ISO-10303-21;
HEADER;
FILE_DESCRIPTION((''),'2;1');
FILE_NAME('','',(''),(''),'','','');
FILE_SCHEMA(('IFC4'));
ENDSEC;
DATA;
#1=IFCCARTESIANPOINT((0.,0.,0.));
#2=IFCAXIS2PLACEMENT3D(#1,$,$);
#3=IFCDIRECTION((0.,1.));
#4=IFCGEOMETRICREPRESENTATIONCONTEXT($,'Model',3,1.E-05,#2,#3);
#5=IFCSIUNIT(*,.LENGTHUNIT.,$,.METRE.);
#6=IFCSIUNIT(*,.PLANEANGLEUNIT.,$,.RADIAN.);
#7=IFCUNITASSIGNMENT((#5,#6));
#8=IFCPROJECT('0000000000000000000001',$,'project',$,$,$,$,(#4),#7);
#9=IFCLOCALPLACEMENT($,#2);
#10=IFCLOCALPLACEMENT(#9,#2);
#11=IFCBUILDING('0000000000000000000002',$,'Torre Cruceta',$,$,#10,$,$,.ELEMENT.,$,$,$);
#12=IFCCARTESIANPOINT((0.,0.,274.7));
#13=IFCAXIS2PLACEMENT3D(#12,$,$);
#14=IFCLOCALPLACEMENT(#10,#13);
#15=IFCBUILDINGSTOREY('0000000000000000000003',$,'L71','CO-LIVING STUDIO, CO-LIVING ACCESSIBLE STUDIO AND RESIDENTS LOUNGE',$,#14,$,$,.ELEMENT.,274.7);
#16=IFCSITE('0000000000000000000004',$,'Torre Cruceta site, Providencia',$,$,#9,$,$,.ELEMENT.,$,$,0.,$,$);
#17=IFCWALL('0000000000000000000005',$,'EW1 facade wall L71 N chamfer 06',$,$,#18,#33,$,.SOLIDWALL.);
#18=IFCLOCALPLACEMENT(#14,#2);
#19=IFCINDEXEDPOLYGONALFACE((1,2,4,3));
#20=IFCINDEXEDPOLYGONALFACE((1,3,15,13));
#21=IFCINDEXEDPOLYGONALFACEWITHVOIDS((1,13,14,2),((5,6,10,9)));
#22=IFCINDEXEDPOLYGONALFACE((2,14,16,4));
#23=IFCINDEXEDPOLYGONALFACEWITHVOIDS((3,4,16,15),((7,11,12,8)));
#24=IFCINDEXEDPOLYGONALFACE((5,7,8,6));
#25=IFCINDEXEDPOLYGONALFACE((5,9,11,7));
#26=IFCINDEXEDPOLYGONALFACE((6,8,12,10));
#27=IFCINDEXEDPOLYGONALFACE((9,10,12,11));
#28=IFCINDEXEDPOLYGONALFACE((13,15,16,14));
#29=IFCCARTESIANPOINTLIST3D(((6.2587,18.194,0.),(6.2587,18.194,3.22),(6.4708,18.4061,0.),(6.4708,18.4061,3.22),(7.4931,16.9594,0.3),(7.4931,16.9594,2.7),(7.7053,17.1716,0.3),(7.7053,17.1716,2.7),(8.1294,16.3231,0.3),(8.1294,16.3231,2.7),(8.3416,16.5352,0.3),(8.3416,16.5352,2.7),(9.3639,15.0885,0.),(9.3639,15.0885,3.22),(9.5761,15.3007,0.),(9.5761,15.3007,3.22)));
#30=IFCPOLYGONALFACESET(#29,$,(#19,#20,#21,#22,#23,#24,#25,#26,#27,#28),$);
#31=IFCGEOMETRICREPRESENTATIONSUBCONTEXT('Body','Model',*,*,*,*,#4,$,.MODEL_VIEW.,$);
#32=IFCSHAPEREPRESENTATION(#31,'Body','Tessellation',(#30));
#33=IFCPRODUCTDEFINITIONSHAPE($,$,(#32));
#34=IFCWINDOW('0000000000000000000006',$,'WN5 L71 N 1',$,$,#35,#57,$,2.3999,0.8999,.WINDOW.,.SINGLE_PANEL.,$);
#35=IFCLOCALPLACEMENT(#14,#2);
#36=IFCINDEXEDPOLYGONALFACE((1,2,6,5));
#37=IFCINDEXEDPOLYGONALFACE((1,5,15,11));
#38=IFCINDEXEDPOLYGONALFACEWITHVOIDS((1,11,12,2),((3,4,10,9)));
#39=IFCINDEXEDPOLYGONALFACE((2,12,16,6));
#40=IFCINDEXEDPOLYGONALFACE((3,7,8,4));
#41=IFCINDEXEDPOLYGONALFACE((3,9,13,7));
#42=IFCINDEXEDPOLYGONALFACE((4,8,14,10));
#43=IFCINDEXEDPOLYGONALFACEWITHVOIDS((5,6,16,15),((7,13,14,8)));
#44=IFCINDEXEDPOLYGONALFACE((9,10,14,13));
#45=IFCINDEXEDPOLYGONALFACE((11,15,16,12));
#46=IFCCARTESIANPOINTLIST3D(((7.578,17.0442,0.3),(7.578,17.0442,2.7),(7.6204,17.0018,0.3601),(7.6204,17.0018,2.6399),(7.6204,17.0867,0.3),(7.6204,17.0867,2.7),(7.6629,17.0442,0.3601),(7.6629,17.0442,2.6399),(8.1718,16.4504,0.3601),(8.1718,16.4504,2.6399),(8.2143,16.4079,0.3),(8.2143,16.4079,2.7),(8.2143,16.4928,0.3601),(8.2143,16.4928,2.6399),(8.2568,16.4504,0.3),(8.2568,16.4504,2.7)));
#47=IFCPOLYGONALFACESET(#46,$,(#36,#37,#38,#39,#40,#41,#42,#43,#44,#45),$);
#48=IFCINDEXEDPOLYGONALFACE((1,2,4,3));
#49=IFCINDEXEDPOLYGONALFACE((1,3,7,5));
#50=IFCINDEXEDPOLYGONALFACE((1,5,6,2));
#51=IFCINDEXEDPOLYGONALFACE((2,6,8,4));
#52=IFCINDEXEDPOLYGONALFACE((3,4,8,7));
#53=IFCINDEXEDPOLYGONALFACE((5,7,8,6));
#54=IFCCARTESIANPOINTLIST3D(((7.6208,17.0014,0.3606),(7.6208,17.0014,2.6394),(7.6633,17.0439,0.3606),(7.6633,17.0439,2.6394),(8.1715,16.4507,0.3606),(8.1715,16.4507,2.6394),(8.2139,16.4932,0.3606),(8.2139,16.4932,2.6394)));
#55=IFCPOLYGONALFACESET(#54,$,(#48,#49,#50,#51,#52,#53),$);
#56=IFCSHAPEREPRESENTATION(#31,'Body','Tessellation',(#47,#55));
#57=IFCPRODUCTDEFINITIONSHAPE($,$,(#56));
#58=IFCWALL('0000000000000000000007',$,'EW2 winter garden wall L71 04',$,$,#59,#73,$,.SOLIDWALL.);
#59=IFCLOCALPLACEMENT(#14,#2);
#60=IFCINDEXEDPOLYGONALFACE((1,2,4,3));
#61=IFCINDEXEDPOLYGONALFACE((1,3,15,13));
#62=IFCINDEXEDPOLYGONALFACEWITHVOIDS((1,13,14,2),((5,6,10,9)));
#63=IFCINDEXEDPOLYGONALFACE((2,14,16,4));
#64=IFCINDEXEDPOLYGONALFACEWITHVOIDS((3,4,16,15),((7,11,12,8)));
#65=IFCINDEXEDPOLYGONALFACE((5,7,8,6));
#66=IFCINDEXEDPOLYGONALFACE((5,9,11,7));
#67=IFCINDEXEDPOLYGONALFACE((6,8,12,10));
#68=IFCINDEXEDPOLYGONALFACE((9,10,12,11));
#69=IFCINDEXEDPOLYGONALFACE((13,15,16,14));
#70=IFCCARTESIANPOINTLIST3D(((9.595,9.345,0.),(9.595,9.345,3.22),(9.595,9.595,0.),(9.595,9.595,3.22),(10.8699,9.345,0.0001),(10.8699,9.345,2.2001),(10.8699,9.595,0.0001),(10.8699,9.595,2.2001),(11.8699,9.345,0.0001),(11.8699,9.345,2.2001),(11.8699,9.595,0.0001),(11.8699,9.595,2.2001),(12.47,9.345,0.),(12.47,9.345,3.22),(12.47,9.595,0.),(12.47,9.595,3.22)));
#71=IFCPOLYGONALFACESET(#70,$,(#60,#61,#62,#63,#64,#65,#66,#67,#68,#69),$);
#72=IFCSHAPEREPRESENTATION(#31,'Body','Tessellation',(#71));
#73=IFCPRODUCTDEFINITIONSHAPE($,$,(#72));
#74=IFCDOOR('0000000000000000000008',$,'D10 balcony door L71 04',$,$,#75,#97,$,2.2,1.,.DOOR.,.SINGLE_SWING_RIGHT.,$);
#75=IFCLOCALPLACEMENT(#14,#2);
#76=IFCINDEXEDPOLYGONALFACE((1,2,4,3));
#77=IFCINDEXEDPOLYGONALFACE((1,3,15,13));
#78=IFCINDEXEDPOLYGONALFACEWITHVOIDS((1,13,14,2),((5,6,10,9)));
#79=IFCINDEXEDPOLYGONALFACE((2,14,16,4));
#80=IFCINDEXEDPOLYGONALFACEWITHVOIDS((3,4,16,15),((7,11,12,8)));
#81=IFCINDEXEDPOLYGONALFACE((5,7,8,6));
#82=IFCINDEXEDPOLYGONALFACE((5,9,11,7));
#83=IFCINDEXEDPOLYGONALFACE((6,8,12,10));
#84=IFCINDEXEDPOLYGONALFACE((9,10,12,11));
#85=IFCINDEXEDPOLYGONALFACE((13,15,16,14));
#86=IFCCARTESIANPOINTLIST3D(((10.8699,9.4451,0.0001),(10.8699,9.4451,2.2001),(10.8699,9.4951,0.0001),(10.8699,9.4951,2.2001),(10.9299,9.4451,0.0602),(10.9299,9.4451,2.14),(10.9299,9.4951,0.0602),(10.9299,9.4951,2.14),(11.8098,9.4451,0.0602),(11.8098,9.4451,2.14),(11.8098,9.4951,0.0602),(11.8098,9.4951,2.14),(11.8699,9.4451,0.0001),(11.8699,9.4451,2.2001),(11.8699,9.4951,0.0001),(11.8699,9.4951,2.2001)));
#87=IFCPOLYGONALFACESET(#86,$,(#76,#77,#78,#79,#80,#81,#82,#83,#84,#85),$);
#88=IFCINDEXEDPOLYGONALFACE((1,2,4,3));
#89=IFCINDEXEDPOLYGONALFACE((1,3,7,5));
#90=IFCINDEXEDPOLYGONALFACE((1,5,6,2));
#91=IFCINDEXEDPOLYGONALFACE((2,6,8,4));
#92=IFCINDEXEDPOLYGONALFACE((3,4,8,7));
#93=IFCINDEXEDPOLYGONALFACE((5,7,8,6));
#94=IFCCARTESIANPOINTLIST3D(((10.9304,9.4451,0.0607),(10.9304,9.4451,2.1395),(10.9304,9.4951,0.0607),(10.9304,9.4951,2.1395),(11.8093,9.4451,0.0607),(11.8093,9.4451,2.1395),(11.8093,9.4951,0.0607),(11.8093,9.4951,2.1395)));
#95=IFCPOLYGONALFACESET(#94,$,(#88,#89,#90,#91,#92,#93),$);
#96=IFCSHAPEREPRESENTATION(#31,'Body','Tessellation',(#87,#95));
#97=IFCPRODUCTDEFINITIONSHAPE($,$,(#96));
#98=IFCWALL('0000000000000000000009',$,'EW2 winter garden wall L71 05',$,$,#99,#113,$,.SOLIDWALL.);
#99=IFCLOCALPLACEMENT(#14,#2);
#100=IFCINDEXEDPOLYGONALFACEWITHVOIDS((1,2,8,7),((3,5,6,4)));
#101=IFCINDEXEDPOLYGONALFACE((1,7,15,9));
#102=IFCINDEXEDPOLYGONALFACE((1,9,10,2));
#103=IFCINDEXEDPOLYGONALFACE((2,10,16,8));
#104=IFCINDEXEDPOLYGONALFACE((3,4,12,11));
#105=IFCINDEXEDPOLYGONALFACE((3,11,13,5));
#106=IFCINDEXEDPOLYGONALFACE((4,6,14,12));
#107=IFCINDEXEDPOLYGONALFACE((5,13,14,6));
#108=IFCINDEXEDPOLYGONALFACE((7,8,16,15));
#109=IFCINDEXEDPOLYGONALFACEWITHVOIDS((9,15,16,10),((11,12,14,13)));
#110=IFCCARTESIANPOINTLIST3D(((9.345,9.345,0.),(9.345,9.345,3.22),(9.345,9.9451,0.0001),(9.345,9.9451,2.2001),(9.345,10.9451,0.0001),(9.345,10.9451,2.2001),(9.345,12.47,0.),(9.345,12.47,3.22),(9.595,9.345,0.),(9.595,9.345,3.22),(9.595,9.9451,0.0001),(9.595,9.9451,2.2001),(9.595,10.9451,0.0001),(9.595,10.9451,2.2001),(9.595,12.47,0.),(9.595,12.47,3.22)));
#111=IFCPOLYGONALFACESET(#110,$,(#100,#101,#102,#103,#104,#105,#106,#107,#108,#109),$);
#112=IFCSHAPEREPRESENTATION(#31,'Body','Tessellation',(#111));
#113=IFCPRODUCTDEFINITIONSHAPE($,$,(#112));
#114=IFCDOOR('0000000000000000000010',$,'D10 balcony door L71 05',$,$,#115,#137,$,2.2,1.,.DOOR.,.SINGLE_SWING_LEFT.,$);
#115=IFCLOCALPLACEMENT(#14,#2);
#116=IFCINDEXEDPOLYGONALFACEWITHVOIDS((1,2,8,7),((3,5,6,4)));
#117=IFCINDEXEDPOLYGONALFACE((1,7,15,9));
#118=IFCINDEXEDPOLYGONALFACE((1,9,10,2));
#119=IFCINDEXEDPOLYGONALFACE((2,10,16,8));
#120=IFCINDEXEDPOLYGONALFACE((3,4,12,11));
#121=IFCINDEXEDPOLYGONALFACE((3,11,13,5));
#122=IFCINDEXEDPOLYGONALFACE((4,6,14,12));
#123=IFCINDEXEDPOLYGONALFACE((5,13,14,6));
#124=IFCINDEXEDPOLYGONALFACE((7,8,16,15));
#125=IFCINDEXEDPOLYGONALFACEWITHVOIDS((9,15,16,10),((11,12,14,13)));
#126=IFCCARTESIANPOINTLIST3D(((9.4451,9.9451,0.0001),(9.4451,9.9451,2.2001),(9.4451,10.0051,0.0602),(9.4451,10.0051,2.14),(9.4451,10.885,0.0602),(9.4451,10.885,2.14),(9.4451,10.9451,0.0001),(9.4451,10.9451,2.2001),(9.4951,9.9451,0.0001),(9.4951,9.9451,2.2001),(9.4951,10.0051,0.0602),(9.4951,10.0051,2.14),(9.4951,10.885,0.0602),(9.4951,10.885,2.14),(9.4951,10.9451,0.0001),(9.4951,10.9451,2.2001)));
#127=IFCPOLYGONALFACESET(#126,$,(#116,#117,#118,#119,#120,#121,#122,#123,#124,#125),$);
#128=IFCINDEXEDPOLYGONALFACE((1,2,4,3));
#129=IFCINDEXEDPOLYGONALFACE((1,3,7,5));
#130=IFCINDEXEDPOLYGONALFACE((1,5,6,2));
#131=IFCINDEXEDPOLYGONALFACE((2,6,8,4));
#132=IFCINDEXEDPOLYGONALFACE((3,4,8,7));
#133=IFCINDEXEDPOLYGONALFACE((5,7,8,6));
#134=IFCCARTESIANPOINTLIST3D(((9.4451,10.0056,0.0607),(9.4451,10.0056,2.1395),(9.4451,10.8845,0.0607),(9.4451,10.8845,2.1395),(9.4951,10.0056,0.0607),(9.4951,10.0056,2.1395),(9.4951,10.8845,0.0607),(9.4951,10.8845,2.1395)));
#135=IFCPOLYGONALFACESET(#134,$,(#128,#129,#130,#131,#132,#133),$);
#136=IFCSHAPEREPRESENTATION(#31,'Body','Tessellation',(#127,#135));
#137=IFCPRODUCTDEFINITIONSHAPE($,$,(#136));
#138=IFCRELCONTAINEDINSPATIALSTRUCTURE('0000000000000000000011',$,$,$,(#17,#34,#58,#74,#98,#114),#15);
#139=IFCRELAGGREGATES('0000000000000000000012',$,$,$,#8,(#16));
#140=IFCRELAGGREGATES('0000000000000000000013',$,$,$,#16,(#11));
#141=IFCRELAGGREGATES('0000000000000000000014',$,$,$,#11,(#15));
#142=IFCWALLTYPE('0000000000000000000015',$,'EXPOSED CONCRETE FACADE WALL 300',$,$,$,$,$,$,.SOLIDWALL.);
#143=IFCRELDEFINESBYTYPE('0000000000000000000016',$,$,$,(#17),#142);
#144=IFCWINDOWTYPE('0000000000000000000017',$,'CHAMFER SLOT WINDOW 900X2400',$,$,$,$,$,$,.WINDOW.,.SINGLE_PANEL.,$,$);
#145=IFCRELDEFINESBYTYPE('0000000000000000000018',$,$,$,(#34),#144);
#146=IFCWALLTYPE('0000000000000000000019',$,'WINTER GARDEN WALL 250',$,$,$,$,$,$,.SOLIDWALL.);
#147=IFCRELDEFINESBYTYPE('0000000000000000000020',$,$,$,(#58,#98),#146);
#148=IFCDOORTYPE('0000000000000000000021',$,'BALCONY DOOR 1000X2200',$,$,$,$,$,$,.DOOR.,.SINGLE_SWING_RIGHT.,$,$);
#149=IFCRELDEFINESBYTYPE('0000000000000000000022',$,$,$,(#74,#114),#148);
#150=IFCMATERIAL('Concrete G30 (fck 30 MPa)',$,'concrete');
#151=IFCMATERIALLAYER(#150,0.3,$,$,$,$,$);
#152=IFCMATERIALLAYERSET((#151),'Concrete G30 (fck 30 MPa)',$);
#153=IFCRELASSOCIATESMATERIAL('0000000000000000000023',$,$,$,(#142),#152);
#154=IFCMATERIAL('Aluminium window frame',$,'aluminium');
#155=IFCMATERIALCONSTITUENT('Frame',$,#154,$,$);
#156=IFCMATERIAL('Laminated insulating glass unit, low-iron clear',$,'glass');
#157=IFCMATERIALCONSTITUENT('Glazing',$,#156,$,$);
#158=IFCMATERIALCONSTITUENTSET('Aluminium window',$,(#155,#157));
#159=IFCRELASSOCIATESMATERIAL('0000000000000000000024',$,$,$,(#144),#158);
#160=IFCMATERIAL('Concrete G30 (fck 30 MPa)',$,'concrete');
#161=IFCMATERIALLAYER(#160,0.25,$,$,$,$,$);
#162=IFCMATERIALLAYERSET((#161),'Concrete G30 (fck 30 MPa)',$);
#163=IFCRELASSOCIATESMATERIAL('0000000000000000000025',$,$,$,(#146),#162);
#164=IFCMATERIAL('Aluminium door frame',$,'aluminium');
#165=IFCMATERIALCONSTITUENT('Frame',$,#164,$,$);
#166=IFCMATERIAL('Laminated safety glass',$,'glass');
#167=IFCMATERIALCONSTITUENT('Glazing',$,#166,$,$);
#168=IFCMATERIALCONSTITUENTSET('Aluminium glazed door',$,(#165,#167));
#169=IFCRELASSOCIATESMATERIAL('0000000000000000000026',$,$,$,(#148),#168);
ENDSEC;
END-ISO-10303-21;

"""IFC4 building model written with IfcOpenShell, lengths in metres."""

from ifc_helpers import new_model, si_unit, direction, frame, frame_2d, origin, place, context, subcontext, project, spatial, rectangle, hollow_rectangle, extrude, material, layer, layer_set, constituent, constituent_set, type_object, element, fill, save


model = new_model("IFC4")

# Units and contexts
model_context = context("Model", 3, precision=1e-05, world=origin(), true_north=direction((0.0, 1.0)))
body_context = subcontext(model_context, "Body", "Model", "MODEL_VIEW")
ifc_project = project(units=[si_unit("LENGTHUNIT", "METRE"), si_unit("PLANEANGLEUNIT", "RADIAN")], contexts=[model_context])

# Site, building, storey
site_placement = place(None, origin())
site = spatial("IfcSite", under=ifc_project, at=site_placement, Name="Torre Cruceta site, Providencia", CompositionType="ELEMENT", RefElevation=0.0)
building_placement = place(site_placement, origin())
building = spatial("IfcBuilding", under=site, at=building_placement, Name="Torre Cruceta", CompositionType="ELEMENT")
storey_placement = place(building_placement, frame((0.0, 0.0, 274.7)))
storey = spatial("IfcBuildingStorey", under=building, at=storey_placement, Name="L71", Description="CO-LIVING STUDIO, CO-LIVING ACCESSIBLE STUDIO AND RESIDENTS LOUNGE", CompositionType="ELEMENT", Elevation=274.7)

# Wall, opening, window
ifc_material_1 = material(Name="Concrete G30 (fck 30 MPa)", Category="concrete")
ifc_layer_1 = layer(ifc_material_1, 0.3)
ifc_layer_set_1 = layer_set([ifc_layer_1], Name="Concrete G30 (fck 30 MPa)")
wall_type_1 = type_object("IfcWallType", Name="EXPOSED CONCRETE FACADE WALL 300", PredefinedType="SOLIDWALL", material=ifc_layer_set_1)
wall_1_placement = place(storey_placement, frame((9.47, 15.1946, 0.0), z_axis=(0.0, 0.0, 1.0), x_axis=(-0.707079, 0.707135, 0.0)))
wall_1 = element("IfcWall", 1, at=wall_1_placement, inside=storey, type_object=wall_type_1, Name="EW1 facade wall L71 N chamfer 06", PredefinedType="SOLIDWALL", context=body_context, shape_type="SweptSolid", body=[
    extrude(rectangle(XDim=4.3916, YDim=0.3, at=frame_2d((2.1958, 0.0))), origin(), (0.0, 0.0, 1.0), 3.22),
])
opening_1_placement = place(wall_1_placement, frame((1.7458, 0.0, 0.3)))
opening_1 = element("IfcOpeningElement", 2, at=opening_1_placement, cuts=wall_1, PredefinedType="OPENING", context=body_context, shape_type="SweptSolid", body=[
    extrude(rectangle(XDim=0.8999, YDim=2.3999, at=frame_2d((0.45, 1.2))), frame((0.0, 0.1599, 0.0), z_axis=(0.0, -1.0, 0.0), x_axis=(1.0, 0.0, 0.0)), (0.0, 0.0, 1.0), 0.3201),
])
ifc_material_2 = material(Name="Aluminium window frame", Category="aluminium")
ifc_constituent_1 = constituent(ifc_material_2, Name="Frame")
ifc_material_3 = material(Name="Laminated insulating glass unit, low-iron clear", Category="glass")
ifc_constituent_2 = constituent(ifc_material_3, Name="Glazing")
ifc_constituent_set_1 = constituent_set(constituents=[ifc_constituent_1, ifc_constituent_2], Name="Aluminium window")
window_type = type_object("IfcWindowType", Name="CHAMFER SLOT WINDOW 900X2400", PartitioningType="SINGLE_PANEL", PredefinedType="WINDOW", material=ifc_constituent_set_1)
window_placement = place(opening_1_placement, origin())
window = element("IfcWindow", 3, at=window_placement, inside=storey, type_object=window_type, Name="WN5 L71 N 1", OverallHeight=2.3999, OverallWidth=0.8999, PartitioningType="SINGLE_PANEL", PredefinedType="WINDOW", context=body_context, shape_type="SweptSolid", body=[
    extrude(hollow_rectangle(XDim=0.8999, YDim=2.3999, WallThickness=0.0601, at=frame_2d((0.45, 1.2))), frame((0.0, 0.03, 0.0), z_axis=(0.0, -1.0, 0.0), x_axis=(1.0, 0.0, 0.0)), (0.0, 0.0, 1.0), 0.0601),
    extrude(rectangle(XDim=0.7788, YDim=2.2788, at=frame_2d((0.45, 1.2))), frame((0.0, 0.03, 0.0), z_axis=(0.0, -1.0, 0.0), x_axis=(1.0, 0.0, 0.0)), (0.0, 0.0, 1.0), 0.0601),
])
fill(opening_1, window)

# Walls, openings, doors
ifc_material_4 = material(Name="Concrete G30 (fck 30 MPa)", Category="concrete")
ifc_layer_2 = layer(ifc_material_4, 0.25)
ifc_layer_set_2 = layer_set([ifc_layer_2], Name="Concrete G30 (fck 30 MPa)")
wall_type_2 = type_object("IfcWallType", Name="WINTER GARDEN WALL 250", PredefinedType="SOLIDWALL", material=ifc_layer_set_2)
wall_2_placement = place(storey_placement, frame((12.47, 9.47, 0.0), z_axis=(0.0, 0.0, 1.0), x_axis=(-1.0, 0.0, 0.0)))
wall_2 = element("IfcWall", 4, at=wall_2_placement, inside=storey, type_object=wall_type_2, Name="EW2 winter garden wall L71 04", PredefinedType="SOLIDWALL", context=body_context, shape_type="SweptSolid", body=[
    extrude(rectangle(XDim=2.875, YDim=0.25, at=frame_2d((1.4375, 0.0))), origin(), (0.0, 0.0, 1.0), 3.22),
])
opening_2_placement = place(wall_2_placement, frame((0.6001, 0.0, 0.0)))
opening_2 = element("IfcOpeningElement", 5, at=opening_2_placement, cuts=wall_2, PredefinedType="OPENING", context=body_context, shape_type="SweptSolid", body=[
    extrude(rectangle(XDim=1.0, YDim=2.2, at=frame_2d((0.5, 1.1001))), frame((0.0, 0.135, 0.0), z_axis=(0.0, -1.0, 0.0), x_axis=(1.0, 0.0, 0.0)), (0.0, 0.0, 1.0), 0.27),
])
ifc_material_5 = material(Name="Aluminium door frame", Category="aluminium")
ifc_constituent_3 = constituent(ifc_material_5, Name="Frame")
ifc_material_6 = material(Name="Laminated safety glass", Category="glass")
ifc_constituent_4 = constituent(ifc_material_6, Name="Glazing")
ifc_constituent_set_2 = constituent_set(constituents=[ifc_constituent_3, ifc_constituent_4], Name="Aluminium glazed door")
door_type = type_object("IfcDoorType", Name="BALCONY DOOR 1000X2200", OperationType="SINGLE_SWING_RIGHT", PredefinedType="DOOR", material=ifc_constituent_set_2)
door_1_placement = place(opening_2_placement, origin())
door_1 = element("IfcDoor", 6, at=door_1_placement, inside=storey, type_object=door_type, Name="D10 balcony door L71 04", OperationType="SINGLE_SWING_RIGHT", OverallHeight=2.2, OverallWidth=1.0, PredefinedType="DOOR", context=body_context, shape_type="SweptSolid", body=[
    extrude(hollow_rectangle(XDim=1.0, YDim=2.2, WallThickness=0.0601, at=frame_2d((0.5, 1.1001))), frame((0.0, 0.0249, 0.0), z_axis=(0.0, -1.0, 0.0), x_axis=(1.0, 0.0, 0.0)), (0.0, 0.0, 1.0), 0.05),
    extrude(rectangle(XDim=0.8789, YDim=2.0789, at=frame_2d((0.5, 1.1001))), frame((0.0, 0.0249, 0.0), z_axis=(0.0, -1.0, 0.0), x_axis=(1.0, 0.0, 0.0)), (0.0, 0.0, 1.0), 0.05),
])
fill(opening_2, door_1)
wall_3_placement = place(storey_placement, frame((9.47, 9.345, 0.0), z_axis=(0.0, 0.0, 1.0), x_axis=(0.0, 1.0, 0.0)))
wall_3 = element("IfcWall", 7, at=wall_3_placement, inside=storey, type_object=wall_type_2, Name="EW2 winter garden wall L71 05", PredefinedType="SOLIDWALL", context=body_context, shape_type="SweptSolid", body=[
    extrude(rectangle(XDim=3.125, YDim=0.25, at=frame_2d((1.5625, 0.0))), origin(), (0.0, 0.0, 1.0), 3.22),
])
opening_3_placement = place(wall_3_placement, frame((0.6001, 0.0, 0.0)))
opening_3 = element("IfcOpeningElement", 8, at=opening_3_placement, cuts=wall_3, PredefinedType="OPENING", context=body_context, shape_type="SweptSolid", body=[
    extrude(rectangle(XDim=1.0, YDim=2.2, at=frame_2d((0.5, 1.1001))), frame((0.0, 0.135, 0.0), z_axis=(0.0, -1.0, 0.0), x_axis=(1.0, 0.0, 0.0)), (0.0, 0.0, 1.0), 0.27),
])
door_2_placement = place(opening_3_placement, origin())
door_2 = element("IfcDoor", 9, at=door_2_placement, inside=storey, type_object=door_type, Name="D10 balcony door L71 05", OperationType="SINGLE_SWING_LEFT", OverallHeight=2.2, OverallWidth=1.0, PredefinedType="DOOR", context=body_context, shape_type="SweptSolid", body=[
    extrude(hollow_rectangle(XDim=1.0, YDim=2.2, WallThickness=0.0601, at=frame_2d((0.5, 1.1001))), frame((0.0, 0.0249, 0.0), z_axis=(0.0, -1.0, 0.0), x_axis=(1.0, 0.0, 0.0)), (0.0, 0.0, 1.0), 0.05),
    extrude(rectangle(XDim=0.8789, YDim=2.0789, at=frame_2d((0.5, 1.1001))), frame((0.0, 0.0249, 0.0), z_axis=(0.0, -1.0, 0.0), x_axis=(1.0, 0.0, 0.0)), (0.0, 0.0, 1.0), 0.05),
])
fill(opening_3, door_2)

save(model, "model.ifc")
